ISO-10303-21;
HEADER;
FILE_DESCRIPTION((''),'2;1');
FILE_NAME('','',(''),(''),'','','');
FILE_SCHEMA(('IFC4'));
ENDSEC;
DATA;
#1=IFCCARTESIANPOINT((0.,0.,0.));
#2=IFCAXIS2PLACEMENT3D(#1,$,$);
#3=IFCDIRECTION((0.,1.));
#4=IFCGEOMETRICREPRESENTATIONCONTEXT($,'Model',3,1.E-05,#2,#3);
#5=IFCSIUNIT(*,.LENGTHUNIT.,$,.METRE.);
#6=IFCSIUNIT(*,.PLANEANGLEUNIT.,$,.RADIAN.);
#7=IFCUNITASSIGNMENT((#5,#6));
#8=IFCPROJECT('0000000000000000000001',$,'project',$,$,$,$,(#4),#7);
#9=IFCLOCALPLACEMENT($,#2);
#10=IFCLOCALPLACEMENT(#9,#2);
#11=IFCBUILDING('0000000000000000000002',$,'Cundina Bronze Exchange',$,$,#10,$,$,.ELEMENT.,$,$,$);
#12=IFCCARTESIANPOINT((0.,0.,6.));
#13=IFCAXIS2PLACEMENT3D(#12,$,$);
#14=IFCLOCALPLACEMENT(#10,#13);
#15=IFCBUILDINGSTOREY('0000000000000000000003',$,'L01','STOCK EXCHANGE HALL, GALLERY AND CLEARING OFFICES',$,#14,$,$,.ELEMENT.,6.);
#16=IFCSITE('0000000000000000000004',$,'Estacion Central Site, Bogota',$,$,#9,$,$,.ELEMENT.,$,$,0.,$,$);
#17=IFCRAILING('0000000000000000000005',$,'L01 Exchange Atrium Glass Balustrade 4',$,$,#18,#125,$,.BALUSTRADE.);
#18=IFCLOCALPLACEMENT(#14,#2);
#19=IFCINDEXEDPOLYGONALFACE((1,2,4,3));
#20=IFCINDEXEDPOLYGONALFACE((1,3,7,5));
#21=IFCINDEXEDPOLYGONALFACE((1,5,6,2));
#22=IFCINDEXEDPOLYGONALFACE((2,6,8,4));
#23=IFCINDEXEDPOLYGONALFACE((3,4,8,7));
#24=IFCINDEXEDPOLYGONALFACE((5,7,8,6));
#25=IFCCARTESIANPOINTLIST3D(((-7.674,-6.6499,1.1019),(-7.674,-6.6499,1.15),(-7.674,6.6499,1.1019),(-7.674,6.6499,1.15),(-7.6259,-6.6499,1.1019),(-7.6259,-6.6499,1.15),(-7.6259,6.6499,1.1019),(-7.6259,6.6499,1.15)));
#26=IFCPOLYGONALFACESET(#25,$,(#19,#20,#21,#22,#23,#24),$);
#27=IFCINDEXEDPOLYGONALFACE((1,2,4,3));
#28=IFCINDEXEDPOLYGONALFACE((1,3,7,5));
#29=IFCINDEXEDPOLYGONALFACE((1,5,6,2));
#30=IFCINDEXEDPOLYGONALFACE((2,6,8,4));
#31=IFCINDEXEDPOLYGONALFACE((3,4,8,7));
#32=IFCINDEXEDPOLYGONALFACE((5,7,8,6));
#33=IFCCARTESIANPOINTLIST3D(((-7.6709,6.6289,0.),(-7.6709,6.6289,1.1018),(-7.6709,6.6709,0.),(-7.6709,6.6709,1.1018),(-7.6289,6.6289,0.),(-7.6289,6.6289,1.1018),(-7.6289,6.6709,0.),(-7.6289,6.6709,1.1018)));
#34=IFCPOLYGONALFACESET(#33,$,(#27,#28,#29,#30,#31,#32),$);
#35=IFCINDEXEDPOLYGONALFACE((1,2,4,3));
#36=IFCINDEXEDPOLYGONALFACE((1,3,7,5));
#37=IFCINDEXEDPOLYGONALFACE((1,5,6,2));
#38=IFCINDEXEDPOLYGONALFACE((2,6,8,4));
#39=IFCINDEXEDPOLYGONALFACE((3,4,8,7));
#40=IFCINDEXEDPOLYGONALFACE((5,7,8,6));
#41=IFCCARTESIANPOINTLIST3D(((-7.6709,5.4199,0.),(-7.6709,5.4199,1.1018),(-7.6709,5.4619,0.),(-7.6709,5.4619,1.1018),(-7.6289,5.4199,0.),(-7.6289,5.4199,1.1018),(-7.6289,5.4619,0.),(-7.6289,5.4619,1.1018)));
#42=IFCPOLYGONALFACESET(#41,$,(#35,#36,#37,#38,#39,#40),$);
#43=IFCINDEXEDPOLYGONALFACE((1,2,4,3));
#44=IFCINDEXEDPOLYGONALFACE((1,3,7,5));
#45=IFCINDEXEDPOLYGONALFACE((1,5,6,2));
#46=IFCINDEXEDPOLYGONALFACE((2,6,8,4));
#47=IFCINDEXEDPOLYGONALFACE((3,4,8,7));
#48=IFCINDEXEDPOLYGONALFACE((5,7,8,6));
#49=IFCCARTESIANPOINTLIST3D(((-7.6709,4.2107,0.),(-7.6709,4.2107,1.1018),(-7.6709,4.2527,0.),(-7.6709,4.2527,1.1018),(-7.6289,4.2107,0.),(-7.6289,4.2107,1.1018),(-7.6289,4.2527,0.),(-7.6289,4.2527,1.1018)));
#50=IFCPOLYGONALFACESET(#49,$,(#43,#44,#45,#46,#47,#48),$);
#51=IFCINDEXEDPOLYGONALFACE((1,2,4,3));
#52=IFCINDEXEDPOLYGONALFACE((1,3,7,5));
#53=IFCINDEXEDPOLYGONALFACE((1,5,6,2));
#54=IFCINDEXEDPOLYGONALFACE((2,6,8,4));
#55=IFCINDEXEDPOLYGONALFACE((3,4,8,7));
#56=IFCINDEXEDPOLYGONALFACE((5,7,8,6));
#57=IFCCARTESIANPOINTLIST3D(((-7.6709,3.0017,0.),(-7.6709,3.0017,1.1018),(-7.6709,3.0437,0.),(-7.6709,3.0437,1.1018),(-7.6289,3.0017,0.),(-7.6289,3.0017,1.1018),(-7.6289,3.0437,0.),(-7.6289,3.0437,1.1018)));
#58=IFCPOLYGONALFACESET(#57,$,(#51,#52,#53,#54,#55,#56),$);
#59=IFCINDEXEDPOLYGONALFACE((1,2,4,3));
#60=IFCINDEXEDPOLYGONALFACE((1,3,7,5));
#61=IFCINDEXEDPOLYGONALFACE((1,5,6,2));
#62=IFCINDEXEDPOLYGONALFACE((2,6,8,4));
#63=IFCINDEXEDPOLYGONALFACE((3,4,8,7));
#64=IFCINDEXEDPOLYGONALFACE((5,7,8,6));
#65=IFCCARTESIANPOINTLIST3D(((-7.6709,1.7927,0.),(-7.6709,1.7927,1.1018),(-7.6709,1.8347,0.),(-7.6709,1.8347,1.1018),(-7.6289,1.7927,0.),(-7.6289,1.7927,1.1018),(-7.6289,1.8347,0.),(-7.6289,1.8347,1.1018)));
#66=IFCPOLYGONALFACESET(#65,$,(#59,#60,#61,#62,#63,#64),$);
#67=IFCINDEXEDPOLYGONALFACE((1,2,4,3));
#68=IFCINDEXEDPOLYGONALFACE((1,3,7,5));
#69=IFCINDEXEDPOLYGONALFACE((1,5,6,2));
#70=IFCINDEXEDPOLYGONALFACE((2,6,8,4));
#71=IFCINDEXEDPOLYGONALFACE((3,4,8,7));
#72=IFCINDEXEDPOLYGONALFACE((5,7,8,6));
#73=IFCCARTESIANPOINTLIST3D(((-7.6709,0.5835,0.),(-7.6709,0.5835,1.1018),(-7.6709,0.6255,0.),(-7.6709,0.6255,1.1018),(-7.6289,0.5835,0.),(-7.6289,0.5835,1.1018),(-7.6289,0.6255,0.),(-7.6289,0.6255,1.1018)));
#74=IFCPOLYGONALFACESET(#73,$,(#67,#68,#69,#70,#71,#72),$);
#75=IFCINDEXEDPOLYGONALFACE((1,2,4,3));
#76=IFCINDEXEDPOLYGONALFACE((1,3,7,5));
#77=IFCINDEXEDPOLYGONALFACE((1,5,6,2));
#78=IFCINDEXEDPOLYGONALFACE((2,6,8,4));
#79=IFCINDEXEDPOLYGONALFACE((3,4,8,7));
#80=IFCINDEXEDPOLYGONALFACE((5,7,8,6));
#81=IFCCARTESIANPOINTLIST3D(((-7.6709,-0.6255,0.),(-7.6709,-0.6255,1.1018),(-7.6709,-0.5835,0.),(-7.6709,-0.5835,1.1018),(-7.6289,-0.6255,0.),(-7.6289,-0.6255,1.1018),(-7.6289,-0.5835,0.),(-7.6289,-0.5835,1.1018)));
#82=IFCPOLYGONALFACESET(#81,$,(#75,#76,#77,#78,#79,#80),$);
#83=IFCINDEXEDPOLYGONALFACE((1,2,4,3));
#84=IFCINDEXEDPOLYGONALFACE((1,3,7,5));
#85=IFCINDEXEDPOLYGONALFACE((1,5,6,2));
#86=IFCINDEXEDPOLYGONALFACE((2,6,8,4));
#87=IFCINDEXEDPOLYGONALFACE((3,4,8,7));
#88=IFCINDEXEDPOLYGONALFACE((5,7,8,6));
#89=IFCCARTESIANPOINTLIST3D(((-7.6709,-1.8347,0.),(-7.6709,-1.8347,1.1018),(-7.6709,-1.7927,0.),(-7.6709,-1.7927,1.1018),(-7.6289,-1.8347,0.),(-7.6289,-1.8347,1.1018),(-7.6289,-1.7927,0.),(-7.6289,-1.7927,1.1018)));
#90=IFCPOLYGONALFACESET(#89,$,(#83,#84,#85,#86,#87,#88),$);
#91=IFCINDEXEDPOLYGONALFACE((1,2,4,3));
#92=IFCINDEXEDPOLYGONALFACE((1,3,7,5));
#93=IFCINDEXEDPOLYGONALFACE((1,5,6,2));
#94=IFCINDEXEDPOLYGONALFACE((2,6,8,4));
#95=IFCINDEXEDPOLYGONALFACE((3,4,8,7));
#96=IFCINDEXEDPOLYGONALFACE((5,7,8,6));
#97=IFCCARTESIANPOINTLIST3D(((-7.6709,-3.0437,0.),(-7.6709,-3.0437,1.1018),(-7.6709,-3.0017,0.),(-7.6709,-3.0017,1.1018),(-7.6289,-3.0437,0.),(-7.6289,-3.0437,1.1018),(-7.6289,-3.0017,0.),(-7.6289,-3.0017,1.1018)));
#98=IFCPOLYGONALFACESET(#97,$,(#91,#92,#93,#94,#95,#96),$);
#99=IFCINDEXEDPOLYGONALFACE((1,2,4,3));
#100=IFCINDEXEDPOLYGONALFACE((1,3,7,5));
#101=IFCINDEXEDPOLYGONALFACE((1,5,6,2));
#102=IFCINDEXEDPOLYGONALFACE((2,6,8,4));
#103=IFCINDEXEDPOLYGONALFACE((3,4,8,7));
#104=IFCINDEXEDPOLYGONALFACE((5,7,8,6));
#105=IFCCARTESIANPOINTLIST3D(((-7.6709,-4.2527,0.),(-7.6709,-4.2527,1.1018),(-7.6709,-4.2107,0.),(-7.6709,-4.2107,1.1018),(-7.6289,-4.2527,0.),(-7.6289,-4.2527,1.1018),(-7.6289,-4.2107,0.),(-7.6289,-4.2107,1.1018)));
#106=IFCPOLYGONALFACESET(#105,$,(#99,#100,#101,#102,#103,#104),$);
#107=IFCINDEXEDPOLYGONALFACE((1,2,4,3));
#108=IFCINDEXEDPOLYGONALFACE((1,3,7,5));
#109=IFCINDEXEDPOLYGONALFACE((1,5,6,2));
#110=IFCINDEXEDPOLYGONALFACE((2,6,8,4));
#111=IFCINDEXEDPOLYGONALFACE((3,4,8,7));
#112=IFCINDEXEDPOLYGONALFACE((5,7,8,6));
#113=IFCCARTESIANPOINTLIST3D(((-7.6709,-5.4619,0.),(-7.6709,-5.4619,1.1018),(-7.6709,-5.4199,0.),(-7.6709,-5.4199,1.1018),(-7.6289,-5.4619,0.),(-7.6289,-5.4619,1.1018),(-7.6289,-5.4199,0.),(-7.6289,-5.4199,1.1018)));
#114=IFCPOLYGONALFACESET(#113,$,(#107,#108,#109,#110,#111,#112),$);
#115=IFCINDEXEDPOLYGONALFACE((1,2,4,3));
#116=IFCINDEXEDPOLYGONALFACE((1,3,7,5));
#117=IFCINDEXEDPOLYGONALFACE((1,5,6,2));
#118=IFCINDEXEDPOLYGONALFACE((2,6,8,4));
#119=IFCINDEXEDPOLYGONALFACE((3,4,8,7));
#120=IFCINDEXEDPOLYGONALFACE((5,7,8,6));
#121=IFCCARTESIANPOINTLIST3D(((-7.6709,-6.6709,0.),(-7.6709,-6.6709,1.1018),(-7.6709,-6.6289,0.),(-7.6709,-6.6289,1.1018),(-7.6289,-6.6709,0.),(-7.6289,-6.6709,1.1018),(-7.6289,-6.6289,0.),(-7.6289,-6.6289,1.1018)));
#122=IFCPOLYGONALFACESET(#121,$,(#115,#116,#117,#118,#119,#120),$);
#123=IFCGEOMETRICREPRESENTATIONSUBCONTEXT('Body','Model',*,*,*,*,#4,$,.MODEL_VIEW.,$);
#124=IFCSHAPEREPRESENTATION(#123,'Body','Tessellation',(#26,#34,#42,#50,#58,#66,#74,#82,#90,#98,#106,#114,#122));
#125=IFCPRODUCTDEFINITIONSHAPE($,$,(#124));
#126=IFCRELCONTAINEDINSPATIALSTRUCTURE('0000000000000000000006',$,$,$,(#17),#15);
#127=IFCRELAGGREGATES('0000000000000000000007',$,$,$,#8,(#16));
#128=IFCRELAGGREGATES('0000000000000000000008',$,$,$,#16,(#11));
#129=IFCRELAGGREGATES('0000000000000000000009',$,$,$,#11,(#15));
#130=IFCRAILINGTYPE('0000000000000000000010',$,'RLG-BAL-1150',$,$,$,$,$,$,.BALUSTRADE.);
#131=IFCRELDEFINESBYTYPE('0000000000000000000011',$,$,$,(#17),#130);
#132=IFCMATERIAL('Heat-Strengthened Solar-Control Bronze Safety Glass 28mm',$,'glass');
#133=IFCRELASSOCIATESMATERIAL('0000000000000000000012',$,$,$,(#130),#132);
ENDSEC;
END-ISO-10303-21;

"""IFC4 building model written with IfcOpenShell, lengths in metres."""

from ifc_helpers import new_model, si_unit, direction, frame, origin, origin_2d, place, context, subcontext, project, spatial, rectangle, extrude, material, type_object, element, save


model = new_model("IFC4")

# Units and contexts
model_context = context("Model", 3, precision=1e-05, world=origin(), true_north=direction((0.0, 1.0)))
body_context = subcontext(model_context, "Body", "Model", "MODEL_VIEW")
ifc_project = project(units=[si_unit("LENGTHUNIT", "METRE"), si_unit("PLANEANGLEUNIT", "RADIAN")], contexts=[model_context])

# Site, building, storey
site_placement = place(None, origin())
site = spatial("IfcSite", under=ifc_project, at=site_placement, Name="Estacion Central Site, Bogota", CompositionType="ELEMENT", RefElevation=0.0)
building_placement = place(site_placement, origin())
building = spatial("IfcBuilding", under=site, at=building_placement, Name="Cundina Bronze Exchange", CompositionType="ELEMENT")
storey_placement = place(building_placement, frame((0.0, 0.0, 6.0)))
storey = spatial("IfcBuildingStorey", under=building, at=storey_placement, Name="L01", Description="STOCK EXCHANGE HALL, GALLERY AND CLEARING OFFICES", CompositionType="ELEMENT", Elevation=6.0)

# Shared definitions
ifc_material_1 = material(Name="Heat-Strengthened Solar-Control Bronze Safety Glass 28mm", Category="glass")

# Railing
railing_type = type_object("IfcRailingType", Name="RLG-BAL-1150", PredefinedType="BALUSTRADE", material=ifc_material_1)
railing_placement = place(storey_placement, frame((-7.6499, 6.6499, 0.0)))
element("IfcRailing", 1, at=railing_placement, inside=storey, type_object=railing_type, Name="L01 Exchange Atrium Glass Balustrade 4", PredefinedType="BALUSTRADE", context=body_context, shape_type="SweptSolid", body=[
    extrude(rectangle(XDim=0.0481, YDim=0.0481, at=origin_2d()), frame((0.0, 0.0, 1.126), z_axis=(0.0, -1.0, 0.0), x_axis=(1.0, 0.0, 0.0)), (0.0, 0.0, 1.0), 13.2998),
    extrude(rectangle(XDim=0.042, YDim=0.042, at=origin_2d()), origin(), (0.0, 0.0, 1.0), 1.1018),
    extrude(rectangle(XDim=0.042, YDim=0.042, at=origin_2d()), frame((0.0, -1.209, 0.0)), (0.0, 0.0, 1.0), 1.1018),
    extrude(rectangle(XDim=0.042, YDim=0.042, at=origin_2d()), frame((0.0, -2.4182, 0.0)), (0.0, 0.0, 1.0), 1.1018),
    extrude(rectangle(XDim=0.042, YDim=0.042, at=origin_2d()), frame((0.0, -3.6272, 0.0)), (0.0, 0.0, 1.0), 1.1018),
    extrude(rectangle(XDim=0.042, YDim=0.042, at=origin_2d()), frame((0.0, -4.8362, 0.0)), (0.0, 0.0, 1.0), 1.1018),
    extrude(rectangle(XDim=0.042, YDim=0.042, at=origin_2d()), frame((0.0, -6.0454, 0.0)), (0.0, 0.0, 1.0), 1.1018),
    extrude(rectangle(XDim=0.042, YDim=0.042, at=origin_2d()), frame((0.0, -7.2544, 0.0)), (0.0, 0.0, 1.0), 1.1018),
    extrude(rectangle(XDim=0.042, YDim=0.042, at=origin_2d()), frame((0.0, -8.4636, 0.0)), (0.0, 0.0, 1.0), 1.1018),
    extrude(rectangle(XDim=0.042, YDim=0.042, at=origin_2d()), frame((0.0, -9.6726, 0.0)), (0.0, 0.0, 1.0), 1.1018),
    extrude(rectangle(XDim=0.042, YDim=0.042, at=origin_2d()), frame((0.0, -10.8816, 0.0)), (0.0, 0.0, 1.0), 1.1018),
    extrude(rectangle(XDim=0.042, YDim=0.042, at=origin_2d()), frame((0.0, -12.0908, 0.0)), (0.0, 0.0, 1.0), 1.1018),
    extrude(rectangle(XDim=0.042, YDim=0.042, at=origin_2d()), frame((0.0, -13.2998, 0.0)), (0.0, 0.0, 1.0), 1.1018),
])

save(model, "model.ifc")
